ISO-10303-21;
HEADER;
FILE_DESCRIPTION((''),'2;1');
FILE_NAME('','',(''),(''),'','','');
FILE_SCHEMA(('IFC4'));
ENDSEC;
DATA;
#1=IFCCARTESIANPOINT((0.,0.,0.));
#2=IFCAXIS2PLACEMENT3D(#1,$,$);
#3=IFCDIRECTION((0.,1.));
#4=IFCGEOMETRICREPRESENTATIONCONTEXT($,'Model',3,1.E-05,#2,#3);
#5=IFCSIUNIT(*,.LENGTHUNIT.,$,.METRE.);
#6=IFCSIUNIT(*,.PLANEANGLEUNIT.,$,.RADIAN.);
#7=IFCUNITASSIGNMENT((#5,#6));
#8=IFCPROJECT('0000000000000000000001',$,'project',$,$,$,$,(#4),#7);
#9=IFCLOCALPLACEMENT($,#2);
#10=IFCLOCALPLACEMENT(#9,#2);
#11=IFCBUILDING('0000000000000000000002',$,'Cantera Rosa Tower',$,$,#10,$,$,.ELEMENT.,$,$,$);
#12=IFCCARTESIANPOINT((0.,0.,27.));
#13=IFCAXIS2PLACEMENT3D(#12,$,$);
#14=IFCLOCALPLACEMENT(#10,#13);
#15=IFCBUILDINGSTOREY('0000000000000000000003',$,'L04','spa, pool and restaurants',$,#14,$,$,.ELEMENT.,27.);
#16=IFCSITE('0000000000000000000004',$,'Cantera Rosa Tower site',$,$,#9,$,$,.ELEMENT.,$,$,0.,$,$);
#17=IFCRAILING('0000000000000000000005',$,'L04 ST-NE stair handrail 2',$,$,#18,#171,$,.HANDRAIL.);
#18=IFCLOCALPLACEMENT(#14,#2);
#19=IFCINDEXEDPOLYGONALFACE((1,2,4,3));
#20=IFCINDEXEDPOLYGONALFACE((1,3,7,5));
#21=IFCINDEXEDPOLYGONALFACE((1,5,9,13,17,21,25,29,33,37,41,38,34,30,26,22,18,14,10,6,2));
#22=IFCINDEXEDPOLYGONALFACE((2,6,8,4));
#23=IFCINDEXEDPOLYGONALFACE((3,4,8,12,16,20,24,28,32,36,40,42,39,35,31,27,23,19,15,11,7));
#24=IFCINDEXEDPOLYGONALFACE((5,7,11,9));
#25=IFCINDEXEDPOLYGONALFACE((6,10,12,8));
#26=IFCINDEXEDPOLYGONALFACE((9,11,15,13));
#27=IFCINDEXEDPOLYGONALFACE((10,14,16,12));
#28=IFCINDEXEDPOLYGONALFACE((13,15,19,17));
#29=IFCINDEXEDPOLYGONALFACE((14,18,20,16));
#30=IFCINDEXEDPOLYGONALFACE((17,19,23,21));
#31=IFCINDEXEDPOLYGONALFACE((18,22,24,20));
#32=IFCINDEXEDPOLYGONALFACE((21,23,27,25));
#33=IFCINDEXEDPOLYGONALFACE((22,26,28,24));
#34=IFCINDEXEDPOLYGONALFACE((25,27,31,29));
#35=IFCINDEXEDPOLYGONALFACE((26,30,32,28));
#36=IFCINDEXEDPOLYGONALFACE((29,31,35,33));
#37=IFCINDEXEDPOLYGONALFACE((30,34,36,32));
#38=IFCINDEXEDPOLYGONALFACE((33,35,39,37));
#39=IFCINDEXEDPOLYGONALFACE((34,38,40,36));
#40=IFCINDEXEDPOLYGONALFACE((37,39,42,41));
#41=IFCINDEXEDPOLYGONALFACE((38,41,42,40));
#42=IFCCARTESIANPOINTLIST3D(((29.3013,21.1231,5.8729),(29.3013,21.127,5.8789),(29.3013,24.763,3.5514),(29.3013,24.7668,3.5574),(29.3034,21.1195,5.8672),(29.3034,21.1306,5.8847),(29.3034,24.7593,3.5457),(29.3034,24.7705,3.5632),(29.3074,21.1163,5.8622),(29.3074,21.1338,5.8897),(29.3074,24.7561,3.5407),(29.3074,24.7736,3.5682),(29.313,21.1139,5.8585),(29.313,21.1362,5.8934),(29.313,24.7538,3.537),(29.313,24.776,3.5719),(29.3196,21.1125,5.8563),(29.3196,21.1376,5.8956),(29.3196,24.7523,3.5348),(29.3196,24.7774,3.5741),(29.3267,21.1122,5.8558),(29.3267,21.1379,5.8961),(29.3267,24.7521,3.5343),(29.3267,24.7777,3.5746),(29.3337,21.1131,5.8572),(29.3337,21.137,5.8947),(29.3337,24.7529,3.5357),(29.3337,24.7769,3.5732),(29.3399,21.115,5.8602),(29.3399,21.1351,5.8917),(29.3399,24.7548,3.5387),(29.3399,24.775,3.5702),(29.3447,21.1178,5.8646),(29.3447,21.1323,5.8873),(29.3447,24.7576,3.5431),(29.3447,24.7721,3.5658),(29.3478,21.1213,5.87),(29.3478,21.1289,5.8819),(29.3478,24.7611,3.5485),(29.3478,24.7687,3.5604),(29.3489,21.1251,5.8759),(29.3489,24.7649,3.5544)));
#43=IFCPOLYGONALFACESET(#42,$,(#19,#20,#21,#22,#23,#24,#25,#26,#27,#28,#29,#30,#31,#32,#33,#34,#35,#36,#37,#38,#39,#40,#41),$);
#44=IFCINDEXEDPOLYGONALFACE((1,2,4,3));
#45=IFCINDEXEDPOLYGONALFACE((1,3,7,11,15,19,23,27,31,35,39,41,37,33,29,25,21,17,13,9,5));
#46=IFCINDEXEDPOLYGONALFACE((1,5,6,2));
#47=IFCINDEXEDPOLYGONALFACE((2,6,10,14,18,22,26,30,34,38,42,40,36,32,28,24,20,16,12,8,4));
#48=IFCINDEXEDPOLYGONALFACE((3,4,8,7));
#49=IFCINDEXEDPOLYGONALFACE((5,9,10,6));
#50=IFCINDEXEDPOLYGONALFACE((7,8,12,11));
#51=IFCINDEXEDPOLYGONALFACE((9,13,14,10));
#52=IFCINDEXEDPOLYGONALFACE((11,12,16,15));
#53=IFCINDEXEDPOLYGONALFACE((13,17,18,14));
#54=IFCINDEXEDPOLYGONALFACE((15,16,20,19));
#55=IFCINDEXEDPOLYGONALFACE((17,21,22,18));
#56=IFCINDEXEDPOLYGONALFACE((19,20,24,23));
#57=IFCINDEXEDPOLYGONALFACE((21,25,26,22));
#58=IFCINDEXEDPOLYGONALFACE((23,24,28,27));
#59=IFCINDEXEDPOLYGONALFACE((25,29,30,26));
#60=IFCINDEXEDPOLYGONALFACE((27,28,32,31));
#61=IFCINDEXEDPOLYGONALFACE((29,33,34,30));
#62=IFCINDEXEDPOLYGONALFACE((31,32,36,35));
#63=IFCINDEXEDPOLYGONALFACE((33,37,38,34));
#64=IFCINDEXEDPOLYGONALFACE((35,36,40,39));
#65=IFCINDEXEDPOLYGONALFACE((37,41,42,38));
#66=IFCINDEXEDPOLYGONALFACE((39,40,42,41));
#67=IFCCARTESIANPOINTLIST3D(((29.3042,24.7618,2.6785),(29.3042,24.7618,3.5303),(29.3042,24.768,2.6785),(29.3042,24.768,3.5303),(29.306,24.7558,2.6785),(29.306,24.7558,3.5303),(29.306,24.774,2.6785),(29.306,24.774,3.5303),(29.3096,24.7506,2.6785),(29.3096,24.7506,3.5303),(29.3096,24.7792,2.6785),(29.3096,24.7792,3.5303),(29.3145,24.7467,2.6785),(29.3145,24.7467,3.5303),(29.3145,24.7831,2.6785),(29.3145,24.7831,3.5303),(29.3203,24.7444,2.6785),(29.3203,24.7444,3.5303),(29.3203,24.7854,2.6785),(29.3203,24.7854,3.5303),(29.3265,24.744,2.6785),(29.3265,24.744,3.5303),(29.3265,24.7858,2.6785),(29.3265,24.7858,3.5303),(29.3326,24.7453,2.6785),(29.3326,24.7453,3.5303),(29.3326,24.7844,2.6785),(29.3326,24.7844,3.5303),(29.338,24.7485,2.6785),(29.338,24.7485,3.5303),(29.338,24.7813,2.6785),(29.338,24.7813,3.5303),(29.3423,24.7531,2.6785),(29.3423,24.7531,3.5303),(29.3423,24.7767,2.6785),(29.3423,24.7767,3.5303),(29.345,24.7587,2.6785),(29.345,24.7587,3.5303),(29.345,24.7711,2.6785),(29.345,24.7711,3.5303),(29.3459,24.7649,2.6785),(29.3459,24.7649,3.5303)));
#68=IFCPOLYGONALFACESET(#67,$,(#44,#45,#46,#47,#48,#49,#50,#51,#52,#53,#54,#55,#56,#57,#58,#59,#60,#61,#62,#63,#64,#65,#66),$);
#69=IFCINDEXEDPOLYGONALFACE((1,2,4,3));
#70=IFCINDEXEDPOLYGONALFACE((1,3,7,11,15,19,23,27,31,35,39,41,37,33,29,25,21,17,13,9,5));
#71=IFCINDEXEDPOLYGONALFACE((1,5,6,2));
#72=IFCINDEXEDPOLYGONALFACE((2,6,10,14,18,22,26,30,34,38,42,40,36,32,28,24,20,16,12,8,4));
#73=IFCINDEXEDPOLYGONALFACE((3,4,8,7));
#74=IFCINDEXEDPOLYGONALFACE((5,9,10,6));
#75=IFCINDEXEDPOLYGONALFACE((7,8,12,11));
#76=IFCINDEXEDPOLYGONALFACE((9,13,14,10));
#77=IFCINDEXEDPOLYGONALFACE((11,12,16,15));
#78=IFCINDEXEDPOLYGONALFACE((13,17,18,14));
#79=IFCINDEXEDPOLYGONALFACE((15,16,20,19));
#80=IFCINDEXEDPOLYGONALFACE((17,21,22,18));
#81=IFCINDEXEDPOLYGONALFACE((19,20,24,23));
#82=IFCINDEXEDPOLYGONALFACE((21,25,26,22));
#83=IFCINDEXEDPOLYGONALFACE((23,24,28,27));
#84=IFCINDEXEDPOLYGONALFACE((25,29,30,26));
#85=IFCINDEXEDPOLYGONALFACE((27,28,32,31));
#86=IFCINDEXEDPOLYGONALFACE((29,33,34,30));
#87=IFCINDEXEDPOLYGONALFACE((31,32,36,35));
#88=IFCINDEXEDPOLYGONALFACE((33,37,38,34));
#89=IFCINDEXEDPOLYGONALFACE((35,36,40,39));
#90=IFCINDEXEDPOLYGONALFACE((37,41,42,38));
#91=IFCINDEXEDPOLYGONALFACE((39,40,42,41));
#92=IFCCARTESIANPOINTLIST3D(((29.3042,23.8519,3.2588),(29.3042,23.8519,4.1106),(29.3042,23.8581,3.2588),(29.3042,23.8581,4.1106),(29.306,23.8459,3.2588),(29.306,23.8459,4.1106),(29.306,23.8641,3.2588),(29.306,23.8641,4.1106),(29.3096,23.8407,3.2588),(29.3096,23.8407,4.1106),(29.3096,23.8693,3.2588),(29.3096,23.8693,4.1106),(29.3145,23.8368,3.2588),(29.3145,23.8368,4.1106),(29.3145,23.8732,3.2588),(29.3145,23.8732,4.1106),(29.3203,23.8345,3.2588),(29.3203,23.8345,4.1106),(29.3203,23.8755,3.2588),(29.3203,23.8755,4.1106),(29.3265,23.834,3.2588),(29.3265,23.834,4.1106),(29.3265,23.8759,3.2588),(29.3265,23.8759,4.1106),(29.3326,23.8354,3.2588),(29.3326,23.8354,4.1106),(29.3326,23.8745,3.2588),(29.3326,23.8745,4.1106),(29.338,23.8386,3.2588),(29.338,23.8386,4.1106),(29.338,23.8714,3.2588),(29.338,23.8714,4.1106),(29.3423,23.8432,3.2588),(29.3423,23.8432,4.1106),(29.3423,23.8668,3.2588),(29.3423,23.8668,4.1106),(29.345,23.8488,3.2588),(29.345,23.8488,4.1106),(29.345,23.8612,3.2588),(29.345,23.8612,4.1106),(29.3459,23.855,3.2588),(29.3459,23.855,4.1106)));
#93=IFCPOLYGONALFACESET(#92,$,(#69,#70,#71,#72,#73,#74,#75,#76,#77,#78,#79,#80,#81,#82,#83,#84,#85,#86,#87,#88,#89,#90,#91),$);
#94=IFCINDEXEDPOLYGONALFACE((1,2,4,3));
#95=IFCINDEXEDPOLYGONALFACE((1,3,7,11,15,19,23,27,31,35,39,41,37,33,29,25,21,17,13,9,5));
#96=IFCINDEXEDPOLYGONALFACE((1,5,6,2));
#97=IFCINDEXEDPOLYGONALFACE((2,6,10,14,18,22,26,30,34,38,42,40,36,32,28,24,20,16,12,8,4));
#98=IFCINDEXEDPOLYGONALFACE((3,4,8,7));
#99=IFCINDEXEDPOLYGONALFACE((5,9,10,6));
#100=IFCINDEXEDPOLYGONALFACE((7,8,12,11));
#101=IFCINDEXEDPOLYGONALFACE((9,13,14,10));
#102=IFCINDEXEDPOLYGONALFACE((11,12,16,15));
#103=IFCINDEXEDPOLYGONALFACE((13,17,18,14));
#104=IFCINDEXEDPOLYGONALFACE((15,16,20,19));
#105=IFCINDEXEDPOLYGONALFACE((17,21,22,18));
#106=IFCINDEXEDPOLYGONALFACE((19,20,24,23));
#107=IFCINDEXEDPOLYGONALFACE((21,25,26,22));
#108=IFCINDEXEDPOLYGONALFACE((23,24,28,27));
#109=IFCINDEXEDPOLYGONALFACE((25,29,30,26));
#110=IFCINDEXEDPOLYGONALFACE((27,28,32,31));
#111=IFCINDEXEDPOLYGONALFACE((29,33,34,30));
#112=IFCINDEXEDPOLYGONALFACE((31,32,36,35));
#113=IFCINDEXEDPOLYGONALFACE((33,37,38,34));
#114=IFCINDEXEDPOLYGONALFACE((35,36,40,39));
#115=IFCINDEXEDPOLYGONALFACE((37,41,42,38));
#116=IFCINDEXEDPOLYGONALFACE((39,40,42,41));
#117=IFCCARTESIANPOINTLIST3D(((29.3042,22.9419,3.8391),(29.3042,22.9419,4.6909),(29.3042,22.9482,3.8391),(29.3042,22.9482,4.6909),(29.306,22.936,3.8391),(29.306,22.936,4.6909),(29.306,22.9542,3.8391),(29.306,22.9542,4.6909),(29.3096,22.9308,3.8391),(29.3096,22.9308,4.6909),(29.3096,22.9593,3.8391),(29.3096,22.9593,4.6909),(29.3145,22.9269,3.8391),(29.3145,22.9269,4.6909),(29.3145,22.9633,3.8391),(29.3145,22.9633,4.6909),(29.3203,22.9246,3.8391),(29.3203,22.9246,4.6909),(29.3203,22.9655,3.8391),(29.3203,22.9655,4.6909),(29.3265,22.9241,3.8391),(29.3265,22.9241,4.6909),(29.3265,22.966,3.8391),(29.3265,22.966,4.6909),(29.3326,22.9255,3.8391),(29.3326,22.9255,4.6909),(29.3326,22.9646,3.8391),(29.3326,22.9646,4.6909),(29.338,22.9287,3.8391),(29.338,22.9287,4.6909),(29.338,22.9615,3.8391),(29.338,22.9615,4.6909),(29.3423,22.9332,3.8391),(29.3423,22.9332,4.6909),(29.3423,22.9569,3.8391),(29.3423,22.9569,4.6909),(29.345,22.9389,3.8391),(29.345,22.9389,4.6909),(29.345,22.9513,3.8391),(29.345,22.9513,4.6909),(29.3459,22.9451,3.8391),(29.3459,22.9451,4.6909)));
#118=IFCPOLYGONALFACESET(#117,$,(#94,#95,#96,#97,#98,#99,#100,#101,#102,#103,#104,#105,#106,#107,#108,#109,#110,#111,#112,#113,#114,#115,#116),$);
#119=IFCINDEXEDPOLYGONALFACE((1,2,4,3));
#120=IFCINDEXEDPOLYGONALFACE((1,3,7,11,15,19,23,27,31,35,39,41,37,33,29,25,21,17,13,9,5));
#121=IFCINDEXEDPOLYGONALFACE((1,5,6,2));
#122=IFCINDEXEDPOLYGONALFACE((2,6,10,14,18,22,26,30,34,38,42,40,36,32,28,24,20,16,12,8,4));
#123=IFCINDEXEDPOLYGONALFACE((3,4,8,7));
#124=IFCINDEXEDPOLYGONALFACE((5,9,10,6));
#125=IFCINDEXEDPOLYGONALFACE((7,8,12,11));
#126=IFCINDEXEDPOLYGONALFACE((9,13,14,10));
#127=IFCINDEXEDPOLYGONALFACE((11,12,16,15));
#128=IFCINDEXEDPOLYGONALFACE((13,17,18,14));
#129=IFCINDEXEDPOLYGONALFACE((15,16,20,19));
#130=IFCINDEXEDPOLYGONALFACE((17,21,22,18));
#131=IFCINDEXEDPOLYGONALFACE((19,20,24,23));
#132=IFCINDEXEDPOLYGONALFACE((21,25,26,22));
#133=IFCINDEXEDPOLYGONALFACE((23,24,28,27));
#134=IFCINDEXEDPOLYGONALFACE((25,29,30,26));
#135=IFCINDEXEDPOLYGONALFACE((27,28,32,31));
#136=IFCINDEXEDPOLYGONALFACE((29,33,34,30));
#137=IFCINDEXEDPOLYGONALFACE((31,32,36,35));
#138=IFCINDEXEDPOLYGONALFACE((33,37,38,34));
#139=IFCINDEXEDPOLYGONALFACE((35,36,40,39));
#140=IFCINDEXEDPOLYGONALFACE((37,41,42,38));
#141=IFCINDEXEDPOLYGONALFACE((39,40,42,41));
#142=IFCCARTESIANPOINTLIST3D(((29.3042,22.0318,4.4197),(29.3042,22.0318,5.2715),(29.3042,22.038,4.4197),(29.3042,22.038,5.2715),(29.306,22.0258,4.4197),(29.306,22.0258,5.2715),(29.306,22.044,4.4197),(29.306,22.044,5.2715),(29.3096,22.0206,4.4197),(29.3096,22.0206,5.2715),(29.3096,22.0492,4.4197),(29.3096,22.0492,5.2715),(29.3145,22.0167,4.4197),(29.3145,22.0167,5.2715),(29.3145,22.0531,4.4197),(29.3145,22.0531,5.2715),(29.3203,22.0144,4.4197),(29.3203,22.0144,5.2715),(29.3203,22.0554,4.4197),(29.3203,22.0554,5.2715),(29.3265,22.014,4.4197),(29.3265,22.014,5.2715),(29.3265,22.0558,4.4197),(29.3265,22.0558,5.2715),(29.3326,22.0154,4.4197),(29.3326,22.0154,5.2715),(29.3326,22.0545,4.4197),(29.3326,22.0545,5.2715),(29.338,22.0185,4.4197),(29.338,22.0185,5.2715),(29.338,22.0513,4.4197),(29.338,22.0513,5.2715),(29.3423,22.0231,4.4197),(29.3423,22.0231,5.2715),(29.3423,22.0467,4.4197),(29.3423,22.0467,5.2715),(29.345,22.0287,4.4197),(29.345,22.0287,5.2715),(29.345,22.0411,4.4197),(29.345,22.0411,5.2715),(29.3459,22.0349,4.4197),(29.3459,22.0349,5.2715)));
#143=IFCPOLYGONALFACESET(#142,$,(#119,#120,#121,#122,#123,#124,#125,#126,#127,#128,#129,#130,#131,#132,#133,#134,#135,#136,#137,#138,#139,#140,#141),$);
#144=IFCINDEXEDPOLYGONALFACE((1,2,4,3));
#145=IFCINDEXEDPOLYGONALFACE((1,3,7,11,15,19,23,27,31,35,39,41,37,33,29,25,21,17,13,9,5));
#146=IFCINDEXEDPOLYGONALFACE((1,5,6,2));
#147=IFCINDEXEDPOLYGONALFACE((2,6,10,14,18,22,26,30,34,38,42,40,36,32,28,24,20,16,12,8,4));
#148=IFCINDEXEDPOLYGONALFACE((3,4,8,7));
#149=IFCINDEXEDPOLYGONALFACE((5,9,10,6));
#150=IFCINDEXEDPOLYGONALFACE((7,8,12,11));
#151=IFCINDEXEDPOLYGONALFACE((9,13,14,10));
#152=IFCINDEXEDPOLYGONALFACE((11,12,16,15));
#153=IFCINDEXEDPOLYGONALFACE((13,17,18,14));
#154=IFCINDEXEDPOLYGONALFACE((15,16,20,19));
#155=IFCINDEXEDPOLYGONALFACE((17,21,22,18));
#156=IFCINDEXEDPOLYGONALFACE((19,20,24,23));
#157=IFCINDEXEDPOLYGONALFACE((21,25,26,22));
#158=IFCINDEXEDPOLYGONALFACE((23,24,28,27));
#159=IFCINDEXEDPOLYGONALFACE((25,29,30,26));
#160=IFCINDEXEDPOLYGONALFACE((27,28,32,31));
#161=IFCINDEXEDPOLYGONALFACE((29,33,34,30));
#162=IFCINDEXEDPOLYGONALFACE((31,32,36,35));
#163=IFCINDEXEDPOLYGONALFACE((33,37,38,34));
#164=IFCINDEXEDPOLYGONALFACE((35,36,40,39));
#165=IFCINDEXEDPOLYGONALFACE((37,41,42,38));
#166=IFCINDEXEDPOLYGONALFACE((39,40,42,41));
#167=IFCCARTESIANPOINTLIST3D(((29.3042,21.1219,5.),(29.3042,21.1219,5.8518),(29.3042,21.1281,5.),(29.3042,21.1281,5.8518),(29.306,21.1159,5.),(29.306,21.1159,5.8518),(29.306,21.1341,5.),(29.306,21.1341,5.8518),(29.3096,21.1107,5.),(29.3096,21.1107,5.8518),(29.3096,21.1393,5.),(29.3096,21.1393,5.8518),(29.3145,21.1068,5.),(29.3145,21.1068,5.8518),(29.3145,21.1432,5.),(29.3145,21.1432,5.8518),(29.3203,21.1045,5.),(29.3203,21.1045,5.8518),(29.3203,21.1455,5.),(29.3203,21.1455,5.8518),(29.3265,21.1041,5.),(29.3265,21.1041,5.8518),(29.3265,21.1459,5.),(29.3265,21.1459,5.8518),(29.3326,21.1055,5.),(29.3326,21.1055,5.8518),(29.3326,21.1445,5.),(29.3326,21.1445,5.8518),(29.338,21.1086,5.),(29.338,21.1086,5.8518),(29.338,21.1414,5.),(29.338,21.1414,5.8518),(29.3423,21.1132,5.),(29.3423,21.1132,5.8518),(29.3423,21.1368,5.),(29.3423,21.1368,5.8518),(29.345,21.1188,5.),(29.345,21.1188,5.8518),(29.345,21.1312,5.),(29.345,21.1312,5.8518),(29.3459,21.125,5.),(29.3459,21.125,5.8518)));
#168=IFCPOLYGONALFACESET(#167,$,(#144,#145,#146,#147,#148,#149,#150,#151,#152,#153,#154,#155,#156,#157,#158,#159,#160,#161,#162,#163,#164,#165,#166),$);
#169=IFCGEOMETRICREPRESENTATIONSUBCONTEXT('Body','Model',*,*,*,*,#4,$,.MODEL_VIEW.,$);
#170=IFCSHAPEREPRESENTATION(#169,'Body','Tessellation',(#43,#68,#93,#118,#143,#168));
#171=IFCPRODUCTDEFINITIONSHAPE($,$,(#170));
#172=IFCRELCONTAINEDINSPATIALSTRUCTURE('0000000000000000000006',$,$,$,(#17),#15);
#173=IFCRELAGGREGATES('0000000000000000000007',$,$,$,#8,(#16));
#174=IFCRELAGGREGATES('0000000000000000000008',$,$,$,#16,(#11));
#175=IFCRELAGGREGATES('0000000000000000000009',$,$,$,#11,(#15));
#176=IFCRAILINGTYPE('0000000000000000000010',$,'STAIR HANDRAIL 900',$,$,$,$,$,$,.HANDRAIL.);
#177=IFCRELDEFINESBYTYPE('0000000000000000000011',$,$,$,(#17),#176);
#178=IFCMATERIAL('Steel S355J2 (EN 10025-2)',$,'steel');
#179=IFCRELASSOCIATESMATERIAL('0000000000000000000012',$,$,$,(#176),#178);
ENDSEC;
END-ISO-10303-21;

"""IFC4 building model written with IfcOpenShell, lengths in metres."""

from ifc_helpers import new_model, si_unit, direction, frame, origin, origin_2d, place, context, subcontext, project, spatial, circle, extrude, material, type_object, element, save


model = new_model("IFC4")

# Units and contexts
model_context = context("Model", 3, precision=1e-05, world=origin(), true_north=direction((0.0, 1.0)))
body_context = subcontext(model_context, "Body", "Model", "MODEL_VIEW")
ifc_project = project(units=[si_unit("LENGTHUNIT", "METRE"), si_unit("PLANEANGLEUNIT", "RADIAN")], contexts=[model_context])

# Site, building, storey
site_placement = place(None, origin())
site = spatial("IfcSite", under=ifc_project, at=site_placement, Name="Cantera Rosa Tower site", CompositionType="ELEMENT", RefElevation=0.0)
building_placement = place(site_placement, origin())
building = spatial("IfcBuilding", under=site, at=building_placement, Name="Cantera Rosa Tower", CompositionType="ELEMENT")
storey_placement = place(building_placement, frame((0.0, 0.0, 27.0)))
storey = spatial("IfcBuildingStorey", under=building, at=storey_placement, Name="L04", Description="spa, pool and restaurants", CompositionType="ELEMENT", Elevation=27.0)

# Railing
ifc_material_1 = material(Name="Steel S355J2 (EN 10025-2)", Category="steel")
railing_type_1 = type_object("IfcRailingType", Name="STAIR HANDRAIL 900", PredefinedType="HANDRAIL", material=ifc_material_1)
railing_1_placement = place(storey_placement, frame((29.325, 24.7649, 2.6785)))
element("IfcRailing", 1, at=railing_1_placement, inside=storey, type_object=railing_type_1, Name="L04 ST-NE stair handrail 2", PredefinedType="HANDRAIL", context=body_context, shape_type="SweptSolid", body=[
    extrude(circle(Radius=0.0239, at=origin_2d()), frame((0.0, 0.0, 0.876), z_axis=(0.0, -0.843112, 0.537739), x_axis=(1.0, 0.0, 0.0)), (0.0, 0.0, 1.0), 4.3171),
    extrude(circle(Radius=0.021, at=origin_2d()), origin(), (0.0, 0.0, 1.0), 0.8518),
    extrude(circle(Radius=0.021, at=origin_2d()), frame((0.0, -0.9099, 0.5803)), (0.0, 0.0, 1.0), 0.8518),
    extrude(circle(Radius=0.021, at=origin_2d()), frame((0.0, -1.8198, 1.1606)), (0.0, 0.0, 1.0), 0.8518),
    extrude(circle(Radius=0.021, at=origin_2d()), frame((0.0, -2.73, 1.7412)), (0.0, 0.0, 1.0), 0.8518),
    extrude(circle(Radius=0.021, at=origin_2d()), frame((0.0, -3.6399, 2.3215)), (0.0, 0.0, 1.0), 0.8518),
])

save(model, "model.ifc")
